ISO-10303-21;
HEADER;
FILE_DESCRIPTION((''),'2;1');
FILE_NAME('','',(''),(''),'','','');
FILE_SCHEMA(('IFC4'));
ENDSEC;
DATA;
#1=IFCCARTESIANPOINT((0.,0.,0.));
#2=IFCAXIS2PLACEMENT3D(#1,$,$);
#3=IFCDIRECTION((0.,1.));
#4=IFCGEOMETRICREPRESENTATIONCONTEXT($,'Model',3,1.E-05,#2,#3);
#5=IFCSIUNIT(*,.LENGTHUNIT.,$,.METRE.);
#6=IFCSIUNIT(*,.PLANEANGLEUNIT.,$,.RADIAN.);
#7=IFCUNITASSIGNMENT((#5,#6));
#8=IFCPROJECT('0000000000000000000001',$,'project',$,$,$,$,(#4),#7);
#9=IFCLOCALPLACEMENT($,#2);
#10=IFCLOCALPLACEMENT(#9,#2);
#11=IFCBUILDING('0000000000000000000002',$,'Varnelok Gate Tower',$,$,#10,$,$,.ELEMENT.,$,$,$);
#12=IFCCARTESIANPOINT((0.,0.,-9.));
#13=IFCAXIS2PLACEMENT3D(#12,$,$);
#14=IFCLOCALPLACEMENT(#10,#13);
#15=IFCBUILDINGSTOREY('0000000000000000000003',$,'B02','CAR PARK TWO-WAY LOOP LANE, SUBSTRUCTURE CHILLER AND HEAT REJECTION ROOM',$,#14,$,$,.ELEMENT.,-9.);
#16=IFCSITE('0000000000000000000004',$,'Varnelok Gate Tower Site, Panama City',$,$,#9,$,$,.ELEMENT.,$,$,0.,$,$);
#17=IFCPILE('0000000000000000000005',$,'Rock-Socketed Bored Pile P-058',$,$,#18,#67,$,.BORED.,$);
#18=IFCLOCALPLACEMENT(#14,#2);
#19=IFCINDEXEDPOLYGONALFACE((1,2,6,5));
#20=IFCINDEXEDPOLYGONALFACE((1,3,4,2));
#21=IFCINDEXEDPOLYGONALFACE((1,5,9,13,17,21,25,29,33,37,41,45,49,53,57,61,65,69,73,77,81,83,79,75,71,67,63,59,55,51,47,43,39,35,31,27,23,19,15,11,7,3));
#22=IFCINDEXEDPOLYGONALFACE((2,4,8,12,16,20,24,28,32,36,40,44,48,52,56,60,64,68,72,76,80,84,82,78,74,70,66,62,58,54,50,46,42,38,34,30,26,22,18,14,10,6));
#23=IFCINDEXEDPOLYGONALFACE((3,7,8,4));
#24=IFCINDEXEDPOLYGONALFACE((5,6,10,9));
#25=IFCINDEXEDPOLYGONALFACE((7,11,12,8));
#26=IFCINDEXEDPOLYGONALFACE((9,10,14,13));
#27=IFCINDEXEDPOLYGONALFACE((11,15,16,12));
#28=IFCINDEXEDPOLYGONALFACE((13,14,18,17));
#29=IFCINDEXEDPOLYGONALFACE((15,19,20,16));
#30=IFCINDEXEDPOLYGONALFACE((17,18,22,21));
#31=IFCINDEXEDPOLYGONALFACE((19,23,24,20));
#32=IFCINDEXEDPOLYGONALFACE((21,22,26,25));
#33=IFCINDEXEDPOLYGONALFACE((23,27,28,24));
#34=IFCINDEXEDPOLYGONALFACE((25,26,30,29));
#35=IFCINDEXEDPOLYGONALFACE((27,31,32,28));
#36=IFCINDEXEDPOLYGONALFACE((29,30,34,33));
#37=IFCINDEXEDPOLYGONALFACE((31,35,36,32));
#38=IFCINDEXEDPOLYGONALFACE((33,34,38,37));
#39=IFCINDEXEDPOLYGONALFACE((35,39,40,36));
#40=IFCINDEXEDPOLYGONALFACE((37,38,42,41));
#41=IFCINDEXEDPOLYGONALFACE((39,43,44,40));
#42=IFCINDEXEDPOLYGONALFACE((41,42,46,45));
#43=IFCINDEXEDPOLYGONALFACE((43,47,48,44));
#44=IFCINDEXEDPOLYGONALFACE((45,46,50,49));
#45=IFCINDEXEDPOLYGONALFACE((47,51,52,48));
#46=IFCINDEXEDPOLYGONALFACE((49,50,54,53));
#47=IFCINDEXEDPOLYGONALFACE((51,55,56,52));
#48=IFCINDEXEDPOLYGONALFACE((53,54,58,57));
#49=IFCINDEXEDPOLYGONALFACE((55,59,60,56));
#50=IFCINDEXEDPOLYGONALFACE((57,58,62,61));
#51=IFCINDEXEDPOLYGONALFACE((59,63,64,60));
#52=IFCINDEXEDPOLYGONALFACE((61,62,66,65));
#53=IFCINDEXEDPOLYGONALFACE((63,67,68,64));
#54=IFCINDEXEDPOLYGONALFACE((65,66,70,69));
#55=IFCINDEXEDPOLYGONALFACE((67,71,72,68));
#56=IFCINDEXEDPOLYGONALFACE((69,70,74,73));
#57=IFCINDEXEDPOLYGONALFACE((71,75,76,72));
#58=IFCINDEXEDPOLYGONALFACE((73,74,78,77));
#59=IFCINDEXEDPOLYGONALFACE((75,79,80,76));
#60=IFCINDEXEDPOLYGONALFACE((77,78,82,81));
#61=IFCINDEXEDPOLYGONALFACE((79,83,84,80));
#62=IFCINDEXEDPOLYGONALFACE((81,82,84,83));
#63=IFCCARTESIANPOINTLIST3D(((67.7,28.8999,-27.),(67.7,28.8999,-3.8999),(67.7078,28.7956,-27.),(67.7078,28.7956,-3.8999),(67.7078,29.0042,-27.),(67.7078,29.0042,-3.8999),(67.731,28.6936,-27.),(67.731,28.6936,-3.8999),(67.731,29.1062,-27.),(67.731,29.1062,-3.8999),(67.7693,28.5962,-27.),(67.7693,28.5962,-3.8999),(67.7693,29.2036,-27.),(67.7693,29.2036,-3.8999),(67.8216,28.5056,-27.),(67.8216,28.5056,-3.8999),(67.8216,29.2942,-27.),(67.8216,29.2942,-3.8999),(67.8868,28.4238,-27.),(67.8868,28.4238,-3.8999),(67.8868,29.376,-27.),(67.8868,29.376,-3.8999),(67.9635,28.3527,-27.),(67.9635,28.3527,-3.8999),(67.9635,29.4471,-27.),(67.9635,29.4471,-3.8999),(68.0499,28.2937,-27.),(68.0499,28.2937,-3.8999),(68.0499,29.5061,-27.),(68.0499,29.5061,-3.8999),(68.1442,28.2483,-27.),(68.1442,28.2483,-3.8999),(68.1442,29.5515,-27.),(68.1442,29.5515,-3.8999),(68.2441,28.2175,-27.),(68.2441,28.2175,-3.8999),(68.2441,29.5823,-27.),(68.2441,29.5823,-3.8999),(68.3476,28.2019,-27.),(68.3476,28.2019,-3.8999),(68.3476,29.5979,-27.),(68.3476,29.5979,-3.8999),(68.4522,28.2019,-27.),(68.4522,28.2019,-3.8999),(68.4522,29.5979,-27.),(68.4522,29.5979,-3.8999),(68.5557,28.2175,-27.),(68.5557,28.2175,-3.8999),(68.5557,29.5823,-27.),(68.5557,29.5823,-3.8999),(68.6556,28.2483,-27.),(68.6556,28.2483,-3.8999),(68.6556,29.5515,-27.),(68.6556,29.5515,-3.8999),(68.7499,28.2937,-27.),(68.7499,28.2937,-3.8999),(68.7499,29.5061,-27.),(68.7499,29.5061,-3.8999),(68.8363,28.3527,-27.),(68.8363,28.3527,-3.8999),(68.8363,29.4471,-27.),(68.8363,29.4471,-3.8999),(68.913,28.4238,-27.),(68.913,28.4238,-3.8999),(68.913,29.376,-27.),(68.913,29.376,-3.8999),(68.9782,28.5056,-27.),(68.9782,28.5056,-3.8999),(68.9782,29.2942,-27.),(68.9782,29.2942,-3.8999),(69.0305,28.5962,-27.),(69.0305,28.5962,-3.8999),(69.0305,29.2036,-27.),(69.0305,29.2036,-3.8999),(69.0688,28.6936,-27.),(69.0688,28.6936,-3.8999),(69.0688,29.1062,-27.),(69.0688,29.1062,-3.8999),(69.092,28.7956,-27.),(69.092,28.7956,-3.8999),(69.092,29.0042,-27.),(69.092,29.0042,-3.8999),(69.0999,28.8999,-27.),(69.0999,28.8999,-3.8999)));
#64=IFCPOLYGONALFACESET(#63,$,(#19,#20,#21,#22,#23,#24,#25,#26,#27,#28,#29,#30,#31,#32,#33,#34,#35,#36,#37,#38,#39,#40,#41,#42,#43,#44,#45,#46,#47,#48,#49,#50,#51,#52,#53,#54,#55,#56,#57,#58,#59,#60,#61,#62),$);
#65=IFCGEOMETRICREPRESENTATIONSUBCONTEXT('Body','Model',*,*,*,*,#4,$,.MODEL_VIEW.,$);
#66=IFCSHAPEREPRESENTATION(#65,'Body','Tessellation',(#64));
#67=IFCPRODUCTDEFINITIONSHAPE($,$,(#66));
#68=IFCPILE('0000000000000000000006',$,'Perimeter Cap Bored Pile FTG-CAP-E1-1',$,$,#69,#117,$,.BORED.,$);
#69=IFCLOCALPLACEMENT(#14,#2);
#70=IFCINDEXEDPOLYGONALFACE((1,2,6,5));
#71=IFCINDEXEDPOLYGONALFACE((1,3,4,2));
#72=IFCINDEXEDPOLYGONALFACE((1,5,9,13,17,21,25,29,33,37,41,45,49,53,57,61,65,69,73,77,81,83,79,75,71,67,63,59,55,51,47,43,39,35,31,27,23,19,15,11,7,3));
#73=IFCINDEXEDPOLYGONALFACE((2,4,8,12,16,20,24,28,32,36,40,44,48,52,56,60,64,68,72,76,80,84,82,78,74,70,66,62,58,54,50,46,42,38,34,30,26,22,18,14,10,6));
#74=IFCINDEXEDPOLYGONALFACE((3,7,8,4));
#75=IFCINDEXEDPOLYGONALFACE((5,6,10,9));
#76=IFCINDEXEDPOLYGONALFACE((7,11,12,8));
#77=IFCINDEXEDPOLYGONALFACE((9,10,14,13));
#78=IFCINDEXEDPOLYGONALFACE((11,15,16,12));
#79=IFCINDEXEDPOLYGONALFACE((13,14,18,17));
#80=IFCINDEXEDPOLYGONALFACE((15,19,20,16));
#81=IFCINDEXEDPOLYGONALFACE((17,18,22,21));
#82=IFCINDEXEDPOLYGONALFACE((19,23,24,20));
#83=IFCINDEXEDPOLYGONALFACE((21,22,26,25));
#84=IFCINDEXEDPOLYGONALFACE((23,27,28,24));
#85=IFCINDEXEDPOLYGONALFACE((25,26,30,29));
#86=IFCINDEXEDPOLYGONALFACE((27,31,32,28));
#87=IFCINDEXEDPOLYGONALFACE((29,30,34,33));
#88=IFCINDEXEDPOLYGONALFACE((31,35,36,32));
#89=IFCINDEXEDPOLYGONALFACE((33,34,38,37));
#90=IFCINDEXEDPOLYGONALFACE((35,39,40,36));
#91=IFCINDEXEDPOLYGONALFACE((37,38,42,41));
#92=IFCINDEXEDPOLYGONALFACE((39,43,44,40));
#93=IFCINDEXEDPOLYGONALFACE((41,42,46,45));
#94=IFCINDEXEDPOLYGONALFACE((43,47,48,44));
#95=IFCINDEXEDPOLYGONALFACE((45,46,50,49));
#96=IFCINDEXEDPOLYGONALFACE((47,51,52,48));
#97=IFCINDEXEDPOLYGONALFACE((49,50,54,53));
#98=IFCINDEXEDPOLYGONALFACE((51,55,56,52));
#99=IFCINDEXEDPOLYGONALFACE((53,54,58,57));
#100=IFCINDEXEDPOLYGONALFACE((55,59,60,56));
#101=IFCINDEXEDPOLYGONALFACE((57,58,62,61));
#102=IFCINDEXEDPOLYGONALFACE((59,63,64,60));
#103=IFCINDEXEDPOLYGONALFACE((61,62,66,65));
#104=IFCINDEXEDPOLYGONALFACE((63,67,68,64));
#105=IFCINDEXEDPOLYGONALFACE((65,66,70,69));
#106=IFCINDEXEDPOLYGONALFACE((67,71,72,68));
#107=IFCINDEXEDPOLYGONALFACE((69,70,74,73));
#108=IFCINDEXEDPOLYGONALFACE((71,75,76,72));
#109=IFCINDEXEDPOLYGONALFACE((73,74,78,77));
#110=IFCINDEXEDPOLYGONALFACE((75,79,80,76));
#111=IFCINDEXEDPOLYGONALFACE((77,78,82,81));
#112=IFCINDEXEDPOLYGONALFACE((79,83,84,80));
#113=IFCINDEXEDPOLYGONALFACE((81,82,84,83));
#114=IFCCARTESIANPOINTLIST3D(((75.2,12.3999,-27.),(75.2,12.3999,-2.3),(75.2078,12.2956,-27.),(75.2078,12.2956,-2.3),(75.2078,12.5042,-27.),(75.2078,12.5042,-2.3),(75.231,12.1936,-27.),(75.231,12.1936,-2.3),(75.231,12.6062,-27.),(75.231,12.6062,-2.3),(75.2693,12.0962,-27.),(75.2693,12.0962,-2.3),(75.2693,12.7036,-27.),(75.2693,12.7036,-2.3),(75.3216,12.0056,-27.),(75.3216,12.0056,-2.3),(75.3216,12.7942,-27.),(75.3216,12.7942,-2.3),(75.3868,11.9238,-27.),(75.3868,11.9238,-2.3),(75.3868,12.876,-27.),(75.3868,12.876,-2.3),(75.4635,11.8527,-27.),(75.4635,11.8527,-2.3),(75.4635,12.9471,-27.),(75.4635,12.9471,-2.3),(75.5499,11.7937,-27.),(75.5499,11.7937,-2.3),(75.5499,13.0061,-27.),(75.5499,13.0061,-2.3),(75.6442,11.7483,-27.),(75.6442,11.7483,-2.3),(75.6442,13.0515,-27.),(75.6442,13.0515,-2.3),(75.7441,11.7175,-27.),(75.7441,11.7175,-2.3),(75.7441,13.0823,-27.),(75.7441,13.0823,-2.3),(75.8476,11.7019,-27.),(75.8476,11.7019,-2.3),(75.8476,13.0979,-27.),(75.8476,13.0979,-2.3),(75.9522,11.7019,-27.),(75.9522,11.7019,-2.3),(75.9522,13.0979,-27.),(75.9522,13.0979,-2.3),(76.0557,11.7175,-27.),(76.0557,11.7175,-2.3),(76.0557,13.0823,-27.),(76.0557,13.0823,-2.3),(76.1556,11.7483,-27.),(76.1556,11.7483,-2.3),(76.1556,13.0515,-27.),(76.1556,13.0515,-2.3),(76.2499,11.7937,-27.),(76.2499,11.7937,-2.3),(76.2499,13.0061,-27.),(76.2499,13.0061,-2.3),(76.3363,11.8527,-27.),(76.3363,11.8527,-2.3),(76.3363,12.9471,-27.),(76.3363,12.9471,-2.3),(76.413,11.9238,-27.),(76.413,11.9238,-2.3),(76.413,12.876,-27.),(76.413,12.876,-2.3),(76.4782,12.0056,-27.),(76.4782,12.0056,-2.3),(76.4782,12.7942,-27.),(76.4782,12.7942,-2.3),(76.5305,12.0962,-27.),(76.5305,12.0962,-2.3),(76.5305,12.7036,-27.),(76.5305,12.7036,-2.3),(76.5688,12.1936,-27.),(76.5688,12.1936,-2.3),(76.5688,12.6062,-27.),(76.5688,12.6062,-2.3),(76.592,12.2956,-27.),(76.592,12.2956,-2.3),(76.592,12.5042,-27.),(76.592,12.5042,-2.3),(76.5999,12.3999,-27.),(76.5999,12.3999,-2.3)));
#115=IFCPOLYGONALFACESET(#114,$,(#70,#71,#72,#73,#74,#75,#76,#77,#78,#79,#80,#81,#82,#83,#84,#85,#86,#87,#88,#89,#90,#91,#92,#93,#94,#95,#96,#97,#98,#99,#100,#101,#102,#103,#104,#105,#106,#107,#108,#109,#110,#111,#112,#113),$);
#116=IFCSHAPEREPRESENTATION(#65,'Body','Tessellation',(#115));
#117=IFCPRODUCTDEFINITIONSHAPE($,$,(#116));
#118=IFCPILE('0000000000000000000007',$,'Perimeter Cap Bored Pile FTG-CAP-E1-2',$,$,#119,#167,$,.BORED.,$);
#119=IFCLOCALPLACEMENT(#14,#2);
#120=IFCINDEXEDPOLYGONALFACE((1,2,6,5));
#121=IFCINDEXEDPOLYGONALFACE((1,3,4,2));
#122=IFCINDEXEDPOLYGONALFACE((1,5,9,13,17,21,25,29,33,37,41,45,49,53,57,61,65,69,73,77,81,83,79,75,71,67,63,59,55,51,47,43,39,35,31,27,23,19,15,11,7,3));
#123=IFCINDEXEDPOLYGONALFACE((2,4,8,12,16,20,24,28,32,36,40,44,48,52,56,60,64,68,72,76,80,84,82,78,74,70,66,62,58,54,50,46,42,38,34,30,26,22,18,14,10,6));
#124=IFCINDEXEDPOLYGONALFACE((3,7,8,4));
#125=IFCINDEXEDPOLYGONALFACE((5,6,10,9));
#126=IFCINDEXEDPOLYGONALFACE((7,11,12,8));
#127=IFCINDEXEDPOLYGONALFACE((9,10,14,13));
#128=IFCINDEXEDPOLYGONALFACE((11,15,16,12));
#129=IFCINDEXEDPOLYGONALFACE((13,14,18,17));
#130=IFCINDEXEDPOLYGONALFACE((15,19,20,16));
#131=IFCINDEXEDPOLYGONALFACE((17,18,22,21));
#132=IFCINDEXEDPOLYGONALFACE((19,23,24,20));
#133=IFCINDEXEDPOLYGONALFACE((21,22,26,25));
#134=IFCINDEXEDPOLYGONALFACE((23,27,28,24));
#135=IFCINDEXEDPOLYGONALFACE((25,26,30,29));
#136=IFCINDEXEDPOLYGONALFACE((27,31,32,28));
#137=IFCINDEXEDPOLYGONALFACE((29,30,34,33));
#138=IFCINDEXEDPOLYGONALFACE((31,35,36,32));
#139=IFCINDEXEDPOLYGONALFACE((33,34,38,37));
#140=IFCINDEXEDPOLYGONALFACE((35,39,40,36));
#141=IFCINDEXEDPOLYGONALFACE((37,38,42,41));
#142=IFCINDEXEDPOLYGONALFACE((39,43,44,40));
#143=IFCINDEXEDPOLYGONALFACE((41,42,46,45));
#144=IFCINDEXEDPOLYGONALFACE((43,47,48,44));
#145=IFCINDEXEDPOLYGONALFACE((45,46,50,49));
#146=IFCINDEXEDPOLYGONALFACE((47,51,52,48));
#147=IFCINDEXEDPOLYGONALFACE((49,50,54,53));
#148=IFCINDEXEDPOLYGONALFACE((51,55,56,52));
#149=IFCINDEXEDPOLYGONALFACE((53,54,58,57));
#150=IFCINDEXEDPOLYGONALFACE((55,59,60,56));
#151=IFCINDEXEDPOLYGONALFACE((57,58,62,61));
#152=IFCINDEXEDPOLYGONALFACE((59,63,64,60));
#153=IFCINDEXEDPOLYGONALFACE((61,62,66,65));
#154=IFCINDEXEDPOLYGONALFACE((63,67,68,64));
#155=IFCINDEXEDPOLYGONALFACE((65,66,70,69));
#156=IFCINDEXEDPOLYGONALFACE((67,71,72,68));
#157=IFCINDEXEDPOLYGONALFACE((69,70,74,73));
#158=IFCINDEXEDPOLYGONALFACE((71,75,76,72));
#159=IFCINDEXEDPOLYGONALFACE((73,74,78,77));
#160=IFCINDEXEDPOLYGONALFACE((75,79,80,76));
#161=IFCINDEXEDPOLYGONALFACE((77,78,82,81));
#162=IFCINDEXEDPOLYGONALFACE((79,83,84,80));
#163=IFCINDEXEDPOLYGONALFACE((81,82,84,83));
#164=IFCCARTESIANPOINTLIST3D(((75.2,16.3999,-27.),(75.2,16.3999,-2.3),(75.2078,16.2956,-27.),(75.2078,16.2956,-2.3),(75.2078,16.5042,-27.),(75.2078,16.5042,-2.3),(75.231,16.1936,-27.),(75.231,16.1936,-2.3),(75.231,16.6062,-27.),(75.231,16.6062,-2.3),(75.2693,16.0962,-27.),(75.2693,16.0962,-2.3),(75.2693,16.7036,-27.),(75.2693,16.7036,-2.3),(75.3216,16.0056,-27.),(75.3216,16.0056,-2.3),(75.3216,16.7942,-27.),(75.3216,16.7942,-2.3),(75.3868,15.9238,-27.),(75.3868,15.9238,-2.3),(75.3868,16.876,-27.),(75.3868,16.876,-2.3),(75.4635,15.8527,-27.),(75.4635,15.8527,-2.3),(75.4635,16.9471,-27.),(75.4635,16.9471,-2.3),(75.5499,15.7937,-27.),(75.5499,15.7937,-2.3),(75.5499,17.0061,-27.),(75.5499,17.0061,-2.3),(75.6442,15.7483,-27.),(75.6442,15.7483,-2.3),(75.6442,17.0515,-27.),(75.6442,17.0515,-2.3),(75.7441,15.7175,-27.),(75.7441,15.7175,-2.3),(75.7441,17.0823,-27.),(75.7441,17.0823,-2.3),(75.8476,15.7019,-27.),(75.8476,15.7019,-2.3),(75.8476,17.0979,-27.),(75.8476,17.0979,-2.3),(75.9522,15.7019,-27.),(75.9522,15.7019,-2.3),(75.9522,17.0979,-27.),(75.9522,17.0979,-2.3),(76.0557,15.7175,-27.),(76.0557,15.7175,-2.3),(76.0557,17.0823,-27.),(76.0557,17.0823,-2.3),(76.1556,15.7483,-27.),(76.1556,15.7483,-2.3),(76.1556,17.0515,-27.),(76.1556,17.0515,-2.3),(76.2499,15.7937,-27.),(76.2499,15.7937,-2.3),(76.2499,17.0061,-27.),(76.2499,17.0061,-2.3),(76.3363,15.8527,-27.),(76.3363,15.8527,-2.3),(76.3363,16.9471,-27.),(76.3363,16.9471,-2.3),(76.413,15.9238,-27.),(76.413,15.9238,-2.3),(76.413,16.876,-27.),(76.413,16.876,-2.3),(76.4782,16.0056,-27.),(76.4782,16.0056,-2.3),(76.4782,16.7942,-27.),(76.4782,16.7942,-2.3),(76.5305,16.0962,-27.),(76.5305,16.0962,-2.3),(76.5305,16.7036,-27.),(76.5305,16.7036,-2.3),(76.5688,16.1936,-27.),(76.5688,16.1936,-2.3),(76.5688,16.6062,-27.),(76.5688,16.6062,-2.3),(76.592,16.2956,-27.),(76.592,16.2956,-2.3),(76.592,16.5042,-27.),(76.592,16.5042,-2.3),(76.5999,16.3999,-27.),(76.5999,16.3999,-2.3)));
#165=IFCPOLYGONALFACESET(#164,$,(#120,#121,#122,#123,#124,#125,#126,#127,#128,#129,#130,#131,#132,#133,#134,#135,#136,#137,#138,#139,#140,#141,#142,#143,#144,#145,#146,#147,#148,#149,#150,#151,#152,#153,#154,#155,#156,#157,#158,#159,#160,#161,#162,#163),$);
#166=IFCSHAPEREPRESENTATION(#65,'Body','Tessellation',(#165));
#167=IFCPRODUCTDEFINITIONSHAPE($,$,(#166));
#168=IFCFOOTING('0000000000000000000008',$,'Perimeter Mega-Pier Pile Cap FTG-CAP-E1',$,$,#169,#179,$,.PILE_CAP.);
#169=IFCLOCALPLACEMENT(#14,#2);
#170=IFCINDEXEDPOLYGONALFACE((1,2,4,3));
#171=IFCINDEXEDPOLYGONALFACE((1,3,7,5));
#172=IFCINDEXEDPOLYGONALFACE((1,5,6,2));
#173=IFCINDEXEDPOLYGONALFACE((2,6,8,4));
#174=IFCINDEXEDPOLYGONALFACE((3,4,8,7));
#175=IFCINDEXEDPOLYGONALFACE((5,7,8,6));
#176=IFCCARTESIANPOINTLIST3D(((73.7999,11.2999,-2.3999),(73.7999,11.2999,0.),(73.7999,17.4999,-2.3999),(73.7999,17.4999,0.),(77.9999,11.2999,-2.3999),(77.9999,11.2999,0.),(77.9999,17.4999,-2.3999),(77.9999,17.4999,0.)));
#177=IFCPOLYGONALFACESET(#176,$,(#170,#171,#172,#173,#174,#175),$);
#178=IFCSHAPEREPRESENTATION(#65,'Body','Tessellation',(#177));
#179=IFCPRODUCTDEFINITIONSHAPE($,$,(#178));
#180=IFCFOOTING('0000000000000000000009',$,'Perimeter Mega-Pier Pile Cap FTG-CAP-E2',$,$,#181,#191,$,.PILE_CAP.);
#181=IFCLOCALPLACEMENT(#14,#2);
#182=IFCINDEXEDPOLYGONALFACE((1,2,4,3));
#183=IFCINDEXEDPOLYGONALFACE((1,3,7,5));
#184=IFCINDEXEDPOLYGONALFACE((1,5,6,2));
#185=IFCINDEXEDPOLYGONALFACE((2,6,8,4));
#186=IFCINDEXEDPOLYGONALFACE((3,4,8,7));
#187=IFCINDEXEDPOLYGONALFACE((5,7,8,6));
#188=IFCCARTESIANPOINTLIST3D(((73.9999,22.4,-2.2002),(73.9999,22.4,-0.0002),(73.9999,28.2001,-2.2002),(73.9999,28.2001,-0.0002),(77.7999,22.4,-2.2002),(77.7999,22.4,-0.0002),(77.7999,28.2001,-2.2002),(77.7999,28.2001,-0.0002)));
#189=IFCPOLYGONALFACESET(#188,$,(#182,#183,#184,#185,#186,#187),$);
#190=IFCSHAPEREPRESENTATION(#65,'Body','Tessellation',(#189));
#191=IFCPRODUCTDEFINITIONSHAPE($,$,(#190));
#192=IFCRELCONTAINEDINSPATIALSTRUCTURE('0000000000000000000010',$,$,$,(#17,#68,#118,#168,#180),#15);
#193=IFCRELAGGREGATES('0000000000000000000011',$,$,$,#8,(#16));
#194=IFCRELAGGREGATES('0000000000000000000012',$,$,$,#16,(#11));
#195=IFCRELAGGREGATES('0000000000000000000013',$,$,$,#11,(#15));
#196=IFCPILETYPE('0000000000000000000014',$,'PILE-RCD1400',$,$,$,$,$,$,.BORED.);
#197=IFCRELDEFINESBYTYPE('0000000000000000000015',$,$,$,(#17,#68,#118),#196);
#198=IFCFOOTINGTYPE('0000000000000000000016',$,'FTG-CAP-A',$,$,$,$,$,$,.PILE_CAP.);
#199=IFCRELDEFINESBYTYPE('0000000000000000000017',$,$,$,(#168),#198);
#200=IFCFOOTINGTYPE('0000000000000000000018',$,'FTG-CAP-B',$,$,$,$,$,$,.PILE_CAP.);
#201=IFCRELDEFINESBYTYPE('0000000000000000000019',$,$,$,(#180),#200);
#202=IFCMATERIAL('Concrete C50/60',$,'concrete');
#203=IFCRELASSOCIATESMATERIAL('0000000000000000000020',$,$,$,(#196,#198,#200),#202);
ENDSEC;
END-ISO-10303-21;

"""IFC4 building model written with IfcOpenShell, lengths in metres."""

from ifc_helpers import new_model, si_unit, direction, frame, origin, origin_2d, place, context, subcontext, project, spatial, rectangle, circle, extrude, source, transform, mapped, material, material_profile, profile_set, type_object, element, save


model = new_model("IFC4")

# Units and contexts
model_context = context("Model", 3, precision=1e-05, world=origin(), true_north=direction((0.0, 1.0)))
body_context = subcontext(model_context, "Body", "Model", "MODEL_VIEW")
ifc_project = project(units=[si_unit("LENGTHUNIT", "METRE"), si_unit("PLANEANGLEUNIT", "RADIAN")], contexts=[model_context])

# Site, building, storey
site_placement = place(None, origin())
site = spatial("IfcSite", under=ifc_project, at=site_placement, Name="Varnelok Gate Tower Site, Panama City", CompositionType="ELEMENT", RefElevation=0.0)
building_placement = place(site_placement, origin())
building = spatial("IfcBuilding", under=site, at=building_placement, Name="Varnelok Gate Tower", CompositionType="ELEMENT")
storey_placement = place(building_placement, frame((0.0, 0.0, -9.0)))
storey = spatial("IfcBuildingStorey", under=building, at=storey_placement, Name="B02", Description="CAR PARK TWO-WAY LOOP LANE, SUBSTRUCTURE CHILLER AND HEAT REJECTION ROOM", CompositionType="ELEMENT", Elevation=-9.0)

# Shared definitions
ifc_material_1 = material(Name="Concrete C50/60", Category="concrete")

# Piles
ifc_material_profile_1 = material_profile(ifc_material_1, circle(Radius=0.7, at=origin_2d()), Name="RCD1400")
ifc_profile_set_1 = profile_set([ifc_material_profile_1], Name="Concrete C50/60")
pile_type = type_object("IfcPileType", Name="PILE-RCD1400", PredefinedType="BORED", material=ifc_profile_set_1)
for number, where, z_axis, x_axis, name in (
    (1, (68.3999, 28.8999, -3.8999), (0.0, 0.0, -1.0), (1.0, 0.0, 0.0), "Rock-Socketed Bored Pile P-058"),
):
    element("IfcPile", number, at=place(storey_placement, frame(where, z_axis=z_axis, x_axis=x_axis)), inside=storey, type_object=pile_type, Name=name, PredefinedType="BORED", context=body_context, shape_type="SweptSolid", body=[
        extrude(circle(Radius=0.7, at=origin_2d()), origin(), (0.0, 0.0, 1.0), 23.1001),
    ])
for number, where, z_axis, x_axis, name in (
    (2, (75.8999, 12.3999, -2.3), (0.0, 0.0, -1.0), (1.0, 0.0, 0.0), "Perimeter Cap Bored Pile FTG-CAP-E1-1"),
    (3, (75.8999, 16.3999, -2.3), (0.0, 0.0, -1.0), (1.0, 0.0, 0.0), "Perimeter Cap Bored Pile FTG-CAP-E1-2"),
):
    element("IfcPile", number, at=place(storey_placement, frame(where, z_axis=z_axis, x_axis=x_axis)), inside=storey, type_object=pile_type, Name=name, PredefinedType="BORED", context=body_context, shape_type="SweptSolid", body=[
        extrude(circle(Radius=0.7, at=origin_2d()), origin(), (0.0, 0.0, 1.0), 24.7),
    ])

# Footings
footing_type_1 = type_object("IfcFootingType", Name="FTG-CAP-A", PredefinedType="PILE_CAP", material=ifc_material_1)
shared_shape_1 = source(origin(), body_context, "Body", "SweptSolid", [
    extrude(rectangle(XDim=4.2, YDim=6.2, at=origin_2d()), origin(), (0.0, 0.0, 1.0), 2.3999),
])
footing_1_placement = place(storey_placement, frame((75.8999, 14.3999, -2.3999), z_axis=(0.0, 0.0, 1.0), x_axis=(1.0, 0.0, 0.0)))
element("IfcFooting", 4, at=footing_1_placement, inside=storey, type_object=footing_type_1, Name="Perimeter Mega-Pier Pile Cap FTG-CAP-E1", PredefinedType="PILE_CAP", context=body_context, shape_type="MappedRepresentation", body=[
    mapped(shared_shape_1, transform((0.0, 0.0, 0.0), scale=1.0)),
])
footing_type_2 = type_object("IfcFootingType", Name="FTG-CAP-B", PredefinedType="PILE_CAP", material=ifc_material_1)
shared_shape_2 = source(origin(), body_context, "Body", "SweptSolid", [
    extrude(rectangle(XDim=3.8, YDim=5.8, at=origin_2d()), origin(), (0.0, 0.0, 1.0), 2.2),
])
footing_2_placement = place(storey_placement, frame((75.8999, 25.3, -2.2002), z_axis=(0.0, 0.0, 1.0), x_axis=(1.0, 0.0, 0.0)))
element("IfcFooting", 5, at=footing_2_placement, inside=storey, type_object=footing_type_2, Name="Perimeter Mega-Pier Pile Cap FTG-CAP-E2", PredefinedType="PILE_CAP", context=body_context, shape_type="MappedRepresentation", body=[
    mapped(shared_shape_2, transform((0.0, 0.0, 0.0), scale=1.0)),
])

save(model, "model.ifc")
